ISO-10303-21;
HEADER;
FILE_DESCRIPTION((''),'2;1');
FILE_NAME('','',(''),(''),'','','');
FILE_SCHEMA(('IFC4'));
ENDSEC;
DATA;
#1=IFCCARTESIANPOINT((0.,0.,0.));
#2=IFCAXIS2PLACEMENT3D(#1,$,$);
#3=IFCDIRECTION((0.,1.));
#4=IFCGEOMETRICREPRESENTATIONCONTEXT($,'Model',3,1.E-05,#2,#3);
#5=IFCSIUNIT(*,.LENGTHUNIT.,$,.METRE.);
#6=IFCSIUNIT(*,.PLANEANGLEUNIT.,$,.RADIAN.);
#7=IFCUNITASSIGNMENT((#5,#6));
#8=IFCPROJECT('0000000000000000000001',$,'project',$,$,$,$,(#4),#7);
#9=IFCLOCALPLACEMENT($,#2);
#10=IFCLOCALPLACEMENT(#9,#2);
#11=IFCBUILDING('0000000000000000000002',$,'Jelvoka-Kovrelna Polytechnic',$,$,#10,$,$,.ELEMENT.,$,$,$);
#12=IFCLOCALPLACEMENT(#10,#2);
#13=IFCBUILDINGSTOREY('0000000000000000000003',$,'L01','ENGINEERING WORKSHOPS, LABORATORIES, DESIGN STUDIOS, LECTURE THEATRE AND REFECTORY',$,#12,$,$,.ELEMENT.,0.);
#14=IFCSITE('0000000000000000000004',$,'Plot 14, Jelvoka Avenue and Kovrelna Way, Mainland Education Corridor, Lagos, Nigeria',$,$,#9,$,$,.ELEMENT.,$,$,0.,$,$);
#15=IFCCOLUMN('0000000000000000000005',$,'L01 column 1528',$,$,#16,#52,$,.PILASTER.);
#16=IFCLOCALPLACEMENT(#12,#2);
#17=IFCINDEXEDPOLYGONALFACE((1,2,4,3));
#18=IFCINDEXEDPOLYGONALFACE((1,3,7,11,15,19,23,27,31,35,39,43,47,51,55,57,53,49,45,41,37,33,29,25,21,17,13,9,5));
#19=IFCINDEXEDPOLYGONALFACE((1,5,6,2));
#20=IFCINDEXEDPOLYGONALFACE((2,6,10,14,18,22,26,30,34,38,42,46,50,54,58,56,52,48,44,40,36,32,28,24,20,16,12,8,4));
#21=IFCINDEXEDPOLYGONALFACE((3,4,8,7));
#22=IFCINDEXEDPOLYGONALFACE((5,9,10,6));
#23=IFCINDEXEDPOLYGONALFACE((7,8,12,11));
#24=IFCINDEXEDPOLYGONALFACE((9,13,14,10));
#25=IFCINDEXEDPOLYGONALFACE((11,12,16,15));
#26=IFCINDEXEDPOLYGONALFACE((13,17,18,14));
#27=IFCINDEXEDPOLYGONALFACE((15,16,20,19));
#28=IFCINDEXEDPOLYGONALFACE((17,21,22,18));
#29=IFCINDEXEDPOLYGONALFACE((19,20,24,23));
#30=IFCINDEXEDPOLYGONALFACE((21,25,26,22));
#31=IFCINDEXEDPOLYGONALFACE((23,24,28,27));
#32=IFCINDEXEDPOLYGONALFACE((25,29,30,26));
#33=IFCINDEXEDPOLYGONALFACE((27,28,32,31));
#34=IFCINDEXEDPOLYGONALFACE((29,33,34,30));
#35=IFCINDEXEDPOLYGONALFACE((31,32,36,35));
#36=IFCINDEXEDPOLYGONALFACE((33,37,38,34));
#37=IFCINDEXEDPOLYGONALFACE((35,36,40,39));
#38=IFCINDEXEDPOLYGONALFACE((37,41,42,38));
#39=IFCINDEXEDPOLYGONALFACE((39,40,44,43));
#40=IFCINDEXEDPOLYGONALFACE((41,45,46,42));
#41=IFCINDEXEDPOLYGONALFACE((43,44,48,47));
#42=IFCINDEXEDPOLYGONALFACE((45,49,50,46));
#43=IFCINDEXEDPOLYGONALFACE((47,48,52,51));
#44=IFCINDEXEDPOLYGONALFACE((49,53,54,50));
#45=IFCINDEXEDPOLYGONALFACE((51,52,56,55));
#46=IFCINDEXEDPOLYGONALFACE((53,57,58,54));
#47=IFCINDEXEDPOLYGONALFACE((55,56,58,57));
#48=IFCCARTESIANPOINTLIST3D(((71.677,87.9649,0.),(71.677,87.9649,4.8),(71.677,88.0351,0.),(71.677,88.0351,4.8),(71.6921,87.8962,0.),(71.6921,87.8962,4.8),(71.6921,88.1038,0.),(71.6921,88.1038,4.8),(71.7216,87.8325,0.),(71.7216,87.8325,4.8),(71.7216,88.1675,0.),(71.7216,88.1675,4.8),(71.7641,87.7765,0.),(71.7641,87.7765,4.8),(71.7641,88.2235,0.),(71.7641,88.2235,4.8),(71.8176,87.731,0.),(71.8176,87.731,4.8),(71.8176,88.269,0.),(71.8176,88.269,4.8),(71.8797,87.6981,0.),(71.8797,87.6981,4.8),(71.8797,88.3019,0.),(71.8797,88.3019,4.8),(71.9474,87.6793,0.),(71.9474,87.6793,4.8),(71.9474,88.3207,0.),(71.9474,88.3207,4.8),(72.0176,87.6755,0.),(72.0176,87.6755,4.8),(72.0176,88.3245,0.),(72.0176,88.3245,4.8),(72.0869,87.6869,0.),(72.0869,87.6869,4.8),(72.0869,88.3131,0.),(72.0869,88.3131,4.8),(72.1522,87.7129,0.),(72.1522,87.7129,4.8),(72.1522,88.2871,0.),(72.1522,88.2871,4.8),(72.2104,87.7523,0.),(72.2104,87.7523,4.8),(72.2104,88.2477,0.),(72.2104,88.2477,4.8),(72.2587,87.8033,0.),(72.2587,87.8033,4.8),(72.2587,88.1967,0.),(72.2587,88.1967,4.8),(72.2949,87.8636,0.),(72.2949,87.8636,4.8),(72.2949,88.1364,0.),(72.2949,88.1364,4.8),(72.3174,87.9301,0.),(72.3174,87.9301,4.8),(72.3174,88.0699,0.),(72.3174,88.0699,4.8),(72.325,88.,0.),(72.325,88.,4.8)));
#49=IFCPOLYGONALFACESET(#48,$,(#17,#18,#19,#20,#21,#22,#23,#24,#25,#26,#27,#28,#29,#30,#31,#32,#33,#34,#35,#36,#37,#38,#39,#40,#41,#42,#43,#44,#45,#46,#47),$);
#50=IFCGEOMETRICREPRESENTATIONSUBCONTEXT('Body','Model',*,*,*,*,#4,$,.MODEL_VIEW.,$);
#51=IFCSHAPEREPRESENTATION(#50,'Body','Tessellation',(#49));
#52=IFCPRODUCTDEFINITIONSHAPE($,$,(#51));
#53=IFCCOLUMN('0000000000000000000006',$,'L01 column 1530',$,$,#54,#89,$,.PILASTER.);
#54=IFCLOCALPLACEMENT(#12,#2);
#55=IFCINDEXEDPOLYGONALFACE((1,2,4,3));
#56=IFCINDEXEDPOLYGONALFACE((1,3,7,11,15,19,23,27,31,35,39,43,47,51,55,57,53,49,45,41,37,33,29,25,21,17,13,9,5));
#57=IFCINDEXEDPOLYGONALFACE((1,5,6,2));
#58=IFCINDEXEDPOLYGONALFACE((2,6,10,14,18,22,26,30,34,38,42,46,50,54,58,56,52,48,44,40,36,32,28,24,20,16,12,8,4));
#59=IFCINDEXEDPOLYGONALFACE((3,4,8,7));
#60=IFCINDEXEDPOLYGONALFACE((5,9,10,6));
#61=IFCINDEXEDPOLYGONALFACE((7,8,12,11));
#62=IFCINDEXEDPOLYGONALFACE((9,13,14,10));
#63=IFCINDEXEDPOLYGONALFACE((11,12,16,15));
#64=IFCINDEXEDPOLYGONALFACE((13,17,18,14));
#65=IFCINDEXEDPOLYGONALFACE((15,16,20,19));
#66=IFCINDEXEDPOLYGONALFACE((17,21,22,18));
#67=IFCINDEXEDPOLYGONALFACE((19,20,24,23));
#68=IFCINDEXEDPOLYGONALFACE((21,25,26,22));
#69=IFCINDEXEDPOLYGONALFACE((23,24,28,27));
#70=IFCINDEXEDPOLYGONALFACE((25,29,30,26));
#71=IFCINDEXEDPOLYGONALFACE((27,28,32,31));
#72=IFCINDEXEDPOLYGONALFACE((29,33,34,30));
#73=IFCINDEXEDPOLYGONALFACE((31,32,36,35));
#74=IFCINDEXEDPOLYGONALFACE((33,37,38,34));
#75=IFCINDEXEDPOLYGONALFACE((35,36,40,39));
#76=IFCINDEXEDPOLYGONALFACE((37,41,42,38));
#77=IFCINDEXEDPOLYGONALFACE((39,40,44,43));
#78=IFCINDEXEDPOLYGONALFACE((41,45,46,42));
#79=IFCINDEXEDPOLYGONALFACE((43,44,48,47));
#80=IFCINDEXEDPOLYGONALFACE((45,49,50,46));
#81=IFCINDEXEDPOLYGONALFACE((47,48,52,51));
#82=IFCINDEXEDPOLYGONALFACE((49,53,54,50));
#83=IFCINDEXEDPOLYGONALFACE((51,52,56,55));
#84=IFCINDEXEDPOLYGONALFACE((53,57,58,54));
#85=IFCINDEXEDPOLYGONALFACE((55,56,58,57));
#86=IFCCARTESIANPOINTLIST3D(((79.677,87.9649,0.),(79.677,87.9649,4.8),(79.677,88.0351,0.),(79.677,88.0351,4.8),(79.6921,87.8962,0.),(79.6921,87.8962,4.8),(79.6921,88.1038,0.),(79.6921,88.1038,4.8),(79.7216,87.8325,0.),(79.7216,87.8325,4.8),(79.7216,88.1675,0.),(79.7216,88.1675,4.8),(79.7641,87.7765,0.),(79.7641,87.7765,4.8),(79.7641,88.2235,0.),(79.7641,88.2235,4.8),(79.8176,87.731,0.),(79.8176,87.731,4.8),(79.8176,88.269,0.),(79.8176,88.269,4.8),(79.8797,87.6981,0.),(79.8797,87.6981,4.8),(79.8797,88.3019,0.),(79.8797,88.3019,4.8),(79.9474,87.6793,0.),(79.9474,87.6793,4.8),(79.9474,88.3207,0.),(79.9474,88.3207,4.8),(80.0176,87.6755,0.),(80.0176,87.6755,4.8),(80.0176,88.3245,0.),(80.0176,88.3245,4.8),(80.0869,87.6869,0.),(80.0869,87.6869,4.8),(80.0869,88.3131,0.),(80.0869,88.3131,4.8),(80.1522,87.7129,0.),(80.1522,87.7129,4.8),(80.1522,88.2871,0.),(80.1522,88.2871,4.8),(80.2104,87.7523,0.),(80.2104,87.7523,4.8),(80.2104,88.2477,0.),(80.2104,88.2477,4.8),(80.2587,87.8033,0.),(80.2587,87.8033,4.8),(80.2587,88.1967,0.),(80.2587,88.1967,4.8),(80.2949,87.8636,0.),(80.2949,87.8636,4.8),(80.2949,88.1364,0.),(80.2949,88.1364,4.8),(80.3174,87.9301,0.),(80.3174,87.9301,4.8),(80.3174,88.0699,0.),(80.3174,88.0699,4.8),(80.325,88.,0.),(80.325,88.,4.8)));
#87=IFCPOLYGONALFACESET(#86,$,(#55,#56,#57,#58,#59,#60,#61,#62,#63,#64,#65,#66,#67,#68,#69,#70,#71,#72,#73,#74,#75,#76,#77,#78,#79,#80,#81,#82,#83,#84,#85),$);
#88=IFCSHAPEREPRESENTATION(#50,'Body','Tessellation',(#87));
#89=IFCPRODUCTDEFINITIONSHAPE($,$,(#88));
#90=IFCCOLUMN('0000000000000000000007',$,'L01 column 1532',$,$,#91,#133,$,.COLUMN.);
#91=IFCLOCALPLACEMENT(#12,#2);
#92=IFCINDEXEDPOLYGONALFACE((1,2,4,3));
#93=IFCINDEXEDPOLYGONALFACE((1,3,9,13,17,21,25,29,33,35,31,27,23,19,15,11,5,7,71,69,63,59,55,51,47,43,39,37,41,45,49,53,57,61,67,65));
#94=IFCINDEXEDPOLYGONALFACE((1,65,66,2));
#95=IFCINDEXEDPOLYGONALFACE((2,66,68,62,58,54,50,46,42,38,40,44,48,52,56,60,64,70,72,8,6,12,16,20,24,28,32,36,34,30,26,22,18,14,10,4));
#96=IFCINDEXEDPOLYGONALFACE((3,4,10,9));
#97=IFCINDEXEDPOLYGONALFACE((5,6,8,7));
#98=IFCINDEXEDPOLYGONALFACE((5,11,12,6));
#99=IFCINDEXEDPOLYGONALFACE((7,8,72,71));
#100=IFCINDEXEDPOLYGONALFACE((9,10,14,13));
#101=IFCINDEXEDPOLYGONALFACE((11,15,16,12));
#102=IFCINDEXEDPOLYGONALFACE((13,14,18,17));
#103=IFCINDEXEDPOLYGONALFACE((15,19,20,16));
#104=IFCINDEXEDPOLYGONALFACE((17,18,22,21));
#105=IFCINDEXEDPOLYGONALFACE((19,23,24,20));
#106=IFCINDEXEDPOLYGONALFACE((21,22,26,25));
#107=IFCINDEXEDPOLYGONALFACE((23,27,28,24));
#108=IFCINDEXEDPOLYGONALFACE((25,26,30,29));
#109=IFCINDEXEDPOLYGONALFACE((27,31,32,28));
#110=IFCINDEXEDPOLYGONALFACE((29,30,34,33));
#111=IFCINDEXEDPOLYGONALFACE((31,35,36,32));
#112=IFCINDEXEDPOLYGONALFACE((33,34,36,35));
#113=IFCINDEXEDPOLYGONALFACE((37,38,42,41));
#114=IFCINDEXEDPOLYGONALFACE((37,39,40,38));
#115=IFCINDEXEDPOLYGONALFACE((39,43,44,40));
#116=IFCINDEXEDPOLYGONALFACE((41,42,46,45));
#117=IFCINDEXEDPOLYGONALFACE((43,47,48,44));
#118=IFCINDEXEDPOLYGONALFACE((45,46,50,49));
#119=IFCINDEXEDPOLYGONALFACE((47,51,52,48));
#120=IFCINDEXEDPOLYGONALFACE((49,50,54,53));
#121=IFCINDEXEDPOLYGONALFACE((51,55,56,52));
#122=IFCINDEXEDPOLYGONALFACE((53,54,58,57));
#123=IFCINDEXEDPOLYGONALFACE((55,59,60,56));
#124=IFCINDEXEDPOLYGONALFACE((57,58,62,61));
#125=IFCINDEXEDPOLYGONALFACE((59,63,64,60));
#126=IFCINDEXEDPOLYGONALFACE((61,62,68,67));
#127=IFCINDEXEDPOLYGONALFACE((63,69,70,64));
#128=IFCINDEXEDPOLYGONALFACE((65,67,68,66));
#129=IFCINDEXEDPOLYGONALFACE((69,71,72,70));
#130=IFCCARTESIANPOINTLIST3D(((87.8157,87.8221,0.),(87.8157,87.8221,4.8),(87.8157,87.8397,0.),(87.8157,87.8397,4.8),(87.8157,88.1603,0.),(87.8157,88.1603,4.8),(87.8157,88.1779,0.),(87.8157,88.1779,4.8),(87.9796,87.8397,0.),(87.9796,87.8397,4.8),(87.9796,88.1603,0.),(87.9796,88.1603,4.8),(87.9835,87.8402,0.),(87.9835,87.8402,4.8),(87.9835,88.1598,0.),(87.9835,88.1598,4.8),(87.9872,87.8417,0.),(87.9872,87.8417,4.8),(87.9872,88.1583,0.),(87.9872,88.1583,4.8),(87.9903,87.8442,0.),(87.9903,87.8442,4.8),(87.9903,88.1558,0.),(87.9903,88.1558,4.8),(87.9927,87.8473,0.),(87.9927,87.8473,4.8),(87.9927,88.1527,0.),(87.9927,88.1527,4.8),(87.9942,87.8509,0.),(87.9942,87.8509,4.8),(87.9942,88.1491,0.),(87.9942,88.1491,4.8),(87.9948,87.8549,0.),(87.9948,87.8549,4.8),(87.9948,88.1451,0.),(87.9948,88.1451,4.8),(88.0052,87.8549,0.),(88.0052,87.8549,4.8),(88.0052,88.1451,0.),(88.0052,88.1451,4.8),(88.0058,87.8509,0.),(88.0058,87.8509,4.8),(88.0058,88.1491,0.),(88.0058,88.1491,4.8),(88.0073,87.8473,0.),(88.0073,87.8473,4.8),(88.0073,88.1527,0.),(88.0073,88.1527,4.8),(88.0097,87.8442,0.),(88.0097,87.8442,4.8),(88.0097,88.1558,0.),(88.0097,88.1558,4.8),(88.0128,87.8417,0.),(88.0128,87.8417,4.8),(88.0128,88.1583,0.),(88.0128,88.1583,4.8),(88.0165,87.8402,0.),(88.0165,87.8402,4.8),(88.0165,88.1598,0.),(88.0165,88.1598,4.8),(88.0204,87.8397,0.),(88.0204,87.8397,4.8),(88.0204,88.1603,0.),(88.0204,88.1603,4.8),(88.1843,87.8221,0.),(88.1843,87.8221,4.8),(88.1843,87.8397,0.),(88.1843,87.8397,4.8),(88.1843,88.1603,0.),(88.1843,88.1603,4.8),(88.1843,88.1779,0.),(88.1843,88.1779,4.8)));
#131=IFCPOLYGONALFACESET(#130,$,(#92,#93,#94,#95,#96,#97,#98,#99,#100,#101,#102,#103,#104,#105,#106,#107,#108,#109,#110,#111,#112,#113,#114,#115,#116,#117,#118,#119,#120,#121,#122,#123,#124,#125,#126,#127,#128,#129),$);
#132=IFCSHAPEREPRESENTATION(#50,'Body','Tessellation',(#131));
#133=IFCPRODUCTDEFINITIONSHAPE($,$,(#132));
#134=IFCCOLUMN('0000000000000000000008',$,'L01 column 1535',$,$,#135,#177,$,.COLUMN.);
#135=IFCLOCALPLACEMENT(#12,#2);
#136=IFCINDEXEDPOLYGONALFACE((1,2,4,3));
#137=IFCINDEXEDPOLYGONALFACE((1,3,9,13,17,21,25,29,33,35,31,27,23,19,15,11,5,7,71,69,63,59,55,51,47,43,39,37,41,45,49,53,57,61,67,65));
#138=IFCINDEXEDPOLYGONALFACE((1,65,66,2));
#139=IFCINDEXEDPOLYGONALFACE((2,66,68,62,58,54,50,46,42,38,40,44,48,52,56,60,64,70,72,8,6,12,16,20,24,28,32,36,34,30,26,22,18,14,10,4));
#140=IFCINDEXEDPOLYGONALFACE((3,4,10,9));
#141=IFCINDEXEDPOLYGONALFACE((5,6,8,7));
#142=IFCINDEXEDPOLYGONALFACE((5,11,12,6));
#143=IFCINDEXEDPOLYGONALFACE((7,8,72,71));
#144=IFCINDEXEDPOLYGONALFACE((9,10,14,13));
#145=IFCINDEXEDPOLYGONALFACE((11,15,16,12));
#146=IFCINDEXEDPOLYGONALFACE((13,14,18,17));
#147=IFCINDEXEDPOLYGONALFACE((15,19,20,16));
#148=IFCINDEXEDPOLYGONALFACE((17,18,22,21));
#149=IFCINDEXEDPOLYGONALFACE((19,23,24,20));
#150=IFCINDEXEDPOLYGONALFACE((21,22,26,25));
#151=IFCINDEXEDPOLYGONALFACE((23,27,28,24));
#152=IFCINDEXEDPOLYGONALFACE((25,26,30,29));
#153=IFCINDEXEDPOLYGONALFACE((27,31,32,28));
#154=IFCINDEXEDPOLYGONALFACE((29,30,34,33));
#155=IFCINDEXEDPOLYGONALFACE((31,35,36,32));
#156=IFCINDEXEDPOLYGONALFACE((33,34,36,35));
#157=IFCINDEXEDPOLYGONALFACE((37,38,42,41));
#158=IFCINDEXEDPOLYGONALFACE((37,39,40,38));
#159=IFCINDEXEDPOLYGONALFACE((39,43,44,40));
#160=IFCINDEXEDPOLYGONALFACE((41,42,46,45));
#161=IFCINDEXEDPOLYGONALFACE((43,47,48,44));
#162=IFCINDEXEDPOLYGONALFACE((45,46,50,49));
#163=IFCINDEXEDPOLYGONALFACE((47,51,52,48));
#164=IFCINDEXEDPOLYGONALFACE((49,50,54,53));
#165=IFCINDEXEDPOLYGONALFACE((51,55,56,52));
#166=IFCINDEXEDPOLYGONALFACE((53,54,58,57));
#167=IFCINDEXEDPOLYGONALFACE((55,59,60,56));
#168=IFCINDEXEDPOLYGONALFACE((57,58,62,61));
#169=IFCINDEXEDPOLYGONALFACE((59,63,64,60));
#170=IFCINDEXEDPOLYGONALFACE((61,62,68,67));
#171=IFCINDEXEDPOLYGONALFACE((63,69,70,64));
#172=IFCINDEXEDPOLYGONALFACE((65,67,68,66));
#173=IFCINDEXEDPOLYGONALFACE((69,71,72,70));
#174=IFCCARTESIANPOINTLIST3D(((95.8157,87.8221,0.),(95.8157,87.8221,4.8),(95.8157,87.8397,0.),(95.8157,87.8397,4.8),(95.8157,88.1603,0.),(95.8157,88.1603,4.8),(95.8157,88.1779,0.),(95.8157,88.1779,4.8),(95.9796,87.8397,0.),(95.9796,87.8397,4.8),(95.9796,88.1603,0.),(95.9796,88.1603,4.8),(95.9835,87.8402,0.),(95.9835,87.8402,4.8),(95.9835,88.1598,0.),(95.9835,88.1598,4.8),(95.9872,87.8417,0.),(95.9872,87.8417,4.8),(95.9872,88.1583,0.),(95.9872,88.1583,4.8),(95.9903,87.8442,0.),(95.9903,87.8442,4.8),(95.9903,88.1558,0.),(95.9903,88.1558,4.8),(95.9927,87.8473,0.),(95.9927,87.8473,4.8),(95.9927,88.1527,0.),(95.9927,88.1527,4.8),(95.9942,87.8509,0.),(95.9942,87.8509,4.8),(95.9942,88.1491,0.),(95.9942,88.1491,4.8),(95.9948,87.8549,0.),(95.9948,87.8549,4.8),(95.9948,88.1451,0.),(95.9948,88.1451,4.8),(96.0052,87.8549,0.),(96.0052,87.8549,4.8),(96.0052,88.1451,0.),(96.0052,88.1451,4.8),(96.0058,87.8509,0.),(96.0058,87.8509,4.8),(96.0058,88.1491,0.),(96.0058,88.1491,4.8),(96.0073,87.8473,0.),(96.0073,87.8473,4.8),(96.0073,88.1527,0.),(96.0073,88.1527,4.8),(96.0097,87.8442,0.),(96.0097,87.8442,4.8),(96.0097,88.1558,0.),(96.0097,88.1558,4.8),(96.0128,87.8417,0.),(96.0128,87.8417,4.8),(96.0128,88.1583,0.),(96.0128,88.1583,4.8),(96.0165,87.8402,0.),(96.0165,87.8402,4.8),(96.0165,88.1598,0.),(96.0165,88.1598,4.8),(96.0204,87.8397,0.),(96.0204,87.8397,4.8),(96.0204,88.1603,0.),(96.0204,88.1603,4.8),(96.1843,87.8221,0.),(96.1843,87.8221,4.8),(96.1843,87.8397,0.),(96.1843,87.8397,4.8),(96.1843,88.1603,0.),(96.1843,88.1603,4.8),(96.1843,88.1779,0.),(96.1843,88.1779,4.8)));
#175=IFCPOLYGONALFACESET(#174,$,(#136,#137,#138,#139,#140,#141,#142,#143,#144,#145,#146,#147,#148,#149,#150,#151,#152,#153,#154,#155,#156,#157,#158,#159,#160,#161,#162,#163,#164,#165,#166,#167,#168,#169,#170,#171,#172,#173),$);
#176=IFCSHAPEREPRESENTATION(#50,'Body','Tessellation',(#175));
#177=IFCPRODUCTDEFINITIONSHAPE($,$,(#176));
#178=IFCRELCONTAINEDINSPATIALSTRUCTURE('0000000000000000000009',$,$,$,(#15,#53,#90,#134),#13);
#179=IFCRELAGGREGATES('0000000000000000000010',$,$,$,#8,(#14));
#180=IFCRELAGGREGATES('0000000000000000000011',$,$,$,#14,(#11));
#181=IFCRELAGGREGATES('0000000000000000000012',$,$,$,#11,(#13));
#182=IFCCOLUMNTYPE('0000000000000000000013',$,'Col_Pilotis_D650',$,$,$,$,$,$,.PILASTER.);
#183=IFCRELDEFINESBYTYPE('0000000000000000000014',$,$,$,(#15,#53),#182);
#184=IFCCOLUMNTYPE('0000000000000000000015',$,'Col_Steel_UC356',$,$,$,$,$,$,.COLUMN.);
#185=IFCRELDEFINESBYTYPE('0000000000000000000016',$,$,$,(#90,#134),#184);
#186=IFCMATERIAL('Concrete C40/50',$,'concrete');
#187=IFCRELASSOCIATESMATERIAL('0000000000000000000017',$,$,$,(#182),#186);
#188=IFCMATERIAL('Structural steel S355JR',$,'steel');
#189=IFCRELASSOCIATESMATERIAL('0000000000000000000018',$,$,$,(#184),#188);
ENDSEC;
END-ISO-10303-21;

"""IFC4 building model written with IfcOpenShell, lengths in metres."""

from ifc_helpers import new_model, si_unit, direction, frame, origin, origin_2d, place, context, subcontext, project, spatial, circle, i_section, extrude, material, material_profile, profile_set, type_object, element, save


model = new_model("IFC4")

# Units and contexts
model_context = context("Model", 3, precision=1e-05, world=origin(), true_north=direction((0.0, 1.0)))
body_context = subcontext(model_context, "Body", "Model", "MODEL_VIEW")
ifc_project = project(units=[si_unit("LENGTHUNIT", "METRE"), si_unit("PLANEANGLEUNIT", "RADIAN")], contexts=[model_context])

# Site, building, storey
site_placement = place(None, origin())
site = spatial("IfcSite", under=ifc_project, at=site_placement, Name="Plot 14, Jelvoka Avenue and Kovrelna Way, Mainland Education Corridor, Lagos, Nigeria", CompositionType="ELEMENT", RefElevation=0.0)
building_placement = place(site_placement, origin())
building = spatial("IfcBuilding", under=site, at=building_placement, Name="Jelvoka-Kovrelna Polytechnic", CompositionType="ELEMENT")
storey_placement = place(building_placement, origin())
storey = spatial("IfcBuildingStorey", under=building, at=storey_placement, Name="L01", Description="ENGINEERING WORKSHOPS, LABORATORIES, DESIGN STUDIOS, LECTURE THEATRE AND REFECTORY", CompositionType="ELEMENT", Elevation=0.0)

# Columns
ifc_material_1 = material(Name="Concrete C40/50", Category="concrete")
ifc_material_profile_1 = material_profile(ifc_material_1, circle(Radius=0.325, at=origin_2d()), Name="RC D650")
ifc_profile_set_1 = profile_set([ifc_material_profile_1], Name="Concrete C40/50")
column_type_1 = type_object("IfcColumnType", Name="Col_Pilotis_D650", PredefinedType="PILASTER", material=ifc_profile_set_1)
for number, where, z_axis, x_axis, name in (
    (1, (72.0, 88.0, 0.0), (0.0, 0.0, 1.0), (1.0, 0.0, 0.0), "L01 column 1528"),
    (2, (80.0, 88.0, 0.0), (0.0, 0.0, 1.0), (1.0, 0.0, 0.0), "L01 column 1530"),
):
    element("IfcColumn", number, at=place(storey_placement, frame(where, z_axis=z_axis, x_axis=x_axis)), inside=storey, type_object=column_type_1, Name=name, PredefinedType="PILASTER", context=body_context, shape_type="SweptSolid", body=[
        extrude(circle(Radius=0.325, at=origin_2d()), origin(), (0.0, 0.0, 1.0), 4.8),
    ])
ifc_material_2 = material(Name="Structural steel S355JR", Category="steel")
ifc_material_profile_2 = material_profile(ifc_material_2, i_section(OverallWidth=0.3687, OverallDepth=0.3557, WebThickness=0.0105, FlangeThickness=0.0176, FilletRadius=0.0151, at=origin_2d()), Name="356x368x129 UC")
ifc_profile_set_2 = profile_set([ifc_material_profile_2], Name="Structural steel S355JR")
column_type_2 = type_object("IfcColumnType", Name="Col_Steel_UC356", PredefinedType="COLUMN", material=ifc_profile_set_2)
for number, where, z_axis, x_axis, name in (
    (3, (88.0, 88.0, 0.0), (0.0, 0.0, 1.0), (1.0, 0.0, 0.0), "L01 column 1532"),
    (4, (96.0, 88.0, 0.0), (0.0, 0.0, 1.0), (1.0, 0.0, 0.0), "L01 column 1535"),
):
    element("IfcColumn", number, at=place(storey_placement, frame(where, z_axis=z_axis, x_axis=x_axis)), inside=storey, type_object=column_type_2, Name=name, PredefinedType="COLUMN", context=body_context, shape_type="SweptSolid", body=[
        extrude(i_section(OverallWidth=0.3687, OverallDepth=0.3557, WebThickness=0.0105, FlangeThickness=0.0176, FilletRadius=0.0151, at=origin_2d()), origin(), (0.0, 0.0, 1.0), 4.8),
    ])

save(model, "model.ifc")
